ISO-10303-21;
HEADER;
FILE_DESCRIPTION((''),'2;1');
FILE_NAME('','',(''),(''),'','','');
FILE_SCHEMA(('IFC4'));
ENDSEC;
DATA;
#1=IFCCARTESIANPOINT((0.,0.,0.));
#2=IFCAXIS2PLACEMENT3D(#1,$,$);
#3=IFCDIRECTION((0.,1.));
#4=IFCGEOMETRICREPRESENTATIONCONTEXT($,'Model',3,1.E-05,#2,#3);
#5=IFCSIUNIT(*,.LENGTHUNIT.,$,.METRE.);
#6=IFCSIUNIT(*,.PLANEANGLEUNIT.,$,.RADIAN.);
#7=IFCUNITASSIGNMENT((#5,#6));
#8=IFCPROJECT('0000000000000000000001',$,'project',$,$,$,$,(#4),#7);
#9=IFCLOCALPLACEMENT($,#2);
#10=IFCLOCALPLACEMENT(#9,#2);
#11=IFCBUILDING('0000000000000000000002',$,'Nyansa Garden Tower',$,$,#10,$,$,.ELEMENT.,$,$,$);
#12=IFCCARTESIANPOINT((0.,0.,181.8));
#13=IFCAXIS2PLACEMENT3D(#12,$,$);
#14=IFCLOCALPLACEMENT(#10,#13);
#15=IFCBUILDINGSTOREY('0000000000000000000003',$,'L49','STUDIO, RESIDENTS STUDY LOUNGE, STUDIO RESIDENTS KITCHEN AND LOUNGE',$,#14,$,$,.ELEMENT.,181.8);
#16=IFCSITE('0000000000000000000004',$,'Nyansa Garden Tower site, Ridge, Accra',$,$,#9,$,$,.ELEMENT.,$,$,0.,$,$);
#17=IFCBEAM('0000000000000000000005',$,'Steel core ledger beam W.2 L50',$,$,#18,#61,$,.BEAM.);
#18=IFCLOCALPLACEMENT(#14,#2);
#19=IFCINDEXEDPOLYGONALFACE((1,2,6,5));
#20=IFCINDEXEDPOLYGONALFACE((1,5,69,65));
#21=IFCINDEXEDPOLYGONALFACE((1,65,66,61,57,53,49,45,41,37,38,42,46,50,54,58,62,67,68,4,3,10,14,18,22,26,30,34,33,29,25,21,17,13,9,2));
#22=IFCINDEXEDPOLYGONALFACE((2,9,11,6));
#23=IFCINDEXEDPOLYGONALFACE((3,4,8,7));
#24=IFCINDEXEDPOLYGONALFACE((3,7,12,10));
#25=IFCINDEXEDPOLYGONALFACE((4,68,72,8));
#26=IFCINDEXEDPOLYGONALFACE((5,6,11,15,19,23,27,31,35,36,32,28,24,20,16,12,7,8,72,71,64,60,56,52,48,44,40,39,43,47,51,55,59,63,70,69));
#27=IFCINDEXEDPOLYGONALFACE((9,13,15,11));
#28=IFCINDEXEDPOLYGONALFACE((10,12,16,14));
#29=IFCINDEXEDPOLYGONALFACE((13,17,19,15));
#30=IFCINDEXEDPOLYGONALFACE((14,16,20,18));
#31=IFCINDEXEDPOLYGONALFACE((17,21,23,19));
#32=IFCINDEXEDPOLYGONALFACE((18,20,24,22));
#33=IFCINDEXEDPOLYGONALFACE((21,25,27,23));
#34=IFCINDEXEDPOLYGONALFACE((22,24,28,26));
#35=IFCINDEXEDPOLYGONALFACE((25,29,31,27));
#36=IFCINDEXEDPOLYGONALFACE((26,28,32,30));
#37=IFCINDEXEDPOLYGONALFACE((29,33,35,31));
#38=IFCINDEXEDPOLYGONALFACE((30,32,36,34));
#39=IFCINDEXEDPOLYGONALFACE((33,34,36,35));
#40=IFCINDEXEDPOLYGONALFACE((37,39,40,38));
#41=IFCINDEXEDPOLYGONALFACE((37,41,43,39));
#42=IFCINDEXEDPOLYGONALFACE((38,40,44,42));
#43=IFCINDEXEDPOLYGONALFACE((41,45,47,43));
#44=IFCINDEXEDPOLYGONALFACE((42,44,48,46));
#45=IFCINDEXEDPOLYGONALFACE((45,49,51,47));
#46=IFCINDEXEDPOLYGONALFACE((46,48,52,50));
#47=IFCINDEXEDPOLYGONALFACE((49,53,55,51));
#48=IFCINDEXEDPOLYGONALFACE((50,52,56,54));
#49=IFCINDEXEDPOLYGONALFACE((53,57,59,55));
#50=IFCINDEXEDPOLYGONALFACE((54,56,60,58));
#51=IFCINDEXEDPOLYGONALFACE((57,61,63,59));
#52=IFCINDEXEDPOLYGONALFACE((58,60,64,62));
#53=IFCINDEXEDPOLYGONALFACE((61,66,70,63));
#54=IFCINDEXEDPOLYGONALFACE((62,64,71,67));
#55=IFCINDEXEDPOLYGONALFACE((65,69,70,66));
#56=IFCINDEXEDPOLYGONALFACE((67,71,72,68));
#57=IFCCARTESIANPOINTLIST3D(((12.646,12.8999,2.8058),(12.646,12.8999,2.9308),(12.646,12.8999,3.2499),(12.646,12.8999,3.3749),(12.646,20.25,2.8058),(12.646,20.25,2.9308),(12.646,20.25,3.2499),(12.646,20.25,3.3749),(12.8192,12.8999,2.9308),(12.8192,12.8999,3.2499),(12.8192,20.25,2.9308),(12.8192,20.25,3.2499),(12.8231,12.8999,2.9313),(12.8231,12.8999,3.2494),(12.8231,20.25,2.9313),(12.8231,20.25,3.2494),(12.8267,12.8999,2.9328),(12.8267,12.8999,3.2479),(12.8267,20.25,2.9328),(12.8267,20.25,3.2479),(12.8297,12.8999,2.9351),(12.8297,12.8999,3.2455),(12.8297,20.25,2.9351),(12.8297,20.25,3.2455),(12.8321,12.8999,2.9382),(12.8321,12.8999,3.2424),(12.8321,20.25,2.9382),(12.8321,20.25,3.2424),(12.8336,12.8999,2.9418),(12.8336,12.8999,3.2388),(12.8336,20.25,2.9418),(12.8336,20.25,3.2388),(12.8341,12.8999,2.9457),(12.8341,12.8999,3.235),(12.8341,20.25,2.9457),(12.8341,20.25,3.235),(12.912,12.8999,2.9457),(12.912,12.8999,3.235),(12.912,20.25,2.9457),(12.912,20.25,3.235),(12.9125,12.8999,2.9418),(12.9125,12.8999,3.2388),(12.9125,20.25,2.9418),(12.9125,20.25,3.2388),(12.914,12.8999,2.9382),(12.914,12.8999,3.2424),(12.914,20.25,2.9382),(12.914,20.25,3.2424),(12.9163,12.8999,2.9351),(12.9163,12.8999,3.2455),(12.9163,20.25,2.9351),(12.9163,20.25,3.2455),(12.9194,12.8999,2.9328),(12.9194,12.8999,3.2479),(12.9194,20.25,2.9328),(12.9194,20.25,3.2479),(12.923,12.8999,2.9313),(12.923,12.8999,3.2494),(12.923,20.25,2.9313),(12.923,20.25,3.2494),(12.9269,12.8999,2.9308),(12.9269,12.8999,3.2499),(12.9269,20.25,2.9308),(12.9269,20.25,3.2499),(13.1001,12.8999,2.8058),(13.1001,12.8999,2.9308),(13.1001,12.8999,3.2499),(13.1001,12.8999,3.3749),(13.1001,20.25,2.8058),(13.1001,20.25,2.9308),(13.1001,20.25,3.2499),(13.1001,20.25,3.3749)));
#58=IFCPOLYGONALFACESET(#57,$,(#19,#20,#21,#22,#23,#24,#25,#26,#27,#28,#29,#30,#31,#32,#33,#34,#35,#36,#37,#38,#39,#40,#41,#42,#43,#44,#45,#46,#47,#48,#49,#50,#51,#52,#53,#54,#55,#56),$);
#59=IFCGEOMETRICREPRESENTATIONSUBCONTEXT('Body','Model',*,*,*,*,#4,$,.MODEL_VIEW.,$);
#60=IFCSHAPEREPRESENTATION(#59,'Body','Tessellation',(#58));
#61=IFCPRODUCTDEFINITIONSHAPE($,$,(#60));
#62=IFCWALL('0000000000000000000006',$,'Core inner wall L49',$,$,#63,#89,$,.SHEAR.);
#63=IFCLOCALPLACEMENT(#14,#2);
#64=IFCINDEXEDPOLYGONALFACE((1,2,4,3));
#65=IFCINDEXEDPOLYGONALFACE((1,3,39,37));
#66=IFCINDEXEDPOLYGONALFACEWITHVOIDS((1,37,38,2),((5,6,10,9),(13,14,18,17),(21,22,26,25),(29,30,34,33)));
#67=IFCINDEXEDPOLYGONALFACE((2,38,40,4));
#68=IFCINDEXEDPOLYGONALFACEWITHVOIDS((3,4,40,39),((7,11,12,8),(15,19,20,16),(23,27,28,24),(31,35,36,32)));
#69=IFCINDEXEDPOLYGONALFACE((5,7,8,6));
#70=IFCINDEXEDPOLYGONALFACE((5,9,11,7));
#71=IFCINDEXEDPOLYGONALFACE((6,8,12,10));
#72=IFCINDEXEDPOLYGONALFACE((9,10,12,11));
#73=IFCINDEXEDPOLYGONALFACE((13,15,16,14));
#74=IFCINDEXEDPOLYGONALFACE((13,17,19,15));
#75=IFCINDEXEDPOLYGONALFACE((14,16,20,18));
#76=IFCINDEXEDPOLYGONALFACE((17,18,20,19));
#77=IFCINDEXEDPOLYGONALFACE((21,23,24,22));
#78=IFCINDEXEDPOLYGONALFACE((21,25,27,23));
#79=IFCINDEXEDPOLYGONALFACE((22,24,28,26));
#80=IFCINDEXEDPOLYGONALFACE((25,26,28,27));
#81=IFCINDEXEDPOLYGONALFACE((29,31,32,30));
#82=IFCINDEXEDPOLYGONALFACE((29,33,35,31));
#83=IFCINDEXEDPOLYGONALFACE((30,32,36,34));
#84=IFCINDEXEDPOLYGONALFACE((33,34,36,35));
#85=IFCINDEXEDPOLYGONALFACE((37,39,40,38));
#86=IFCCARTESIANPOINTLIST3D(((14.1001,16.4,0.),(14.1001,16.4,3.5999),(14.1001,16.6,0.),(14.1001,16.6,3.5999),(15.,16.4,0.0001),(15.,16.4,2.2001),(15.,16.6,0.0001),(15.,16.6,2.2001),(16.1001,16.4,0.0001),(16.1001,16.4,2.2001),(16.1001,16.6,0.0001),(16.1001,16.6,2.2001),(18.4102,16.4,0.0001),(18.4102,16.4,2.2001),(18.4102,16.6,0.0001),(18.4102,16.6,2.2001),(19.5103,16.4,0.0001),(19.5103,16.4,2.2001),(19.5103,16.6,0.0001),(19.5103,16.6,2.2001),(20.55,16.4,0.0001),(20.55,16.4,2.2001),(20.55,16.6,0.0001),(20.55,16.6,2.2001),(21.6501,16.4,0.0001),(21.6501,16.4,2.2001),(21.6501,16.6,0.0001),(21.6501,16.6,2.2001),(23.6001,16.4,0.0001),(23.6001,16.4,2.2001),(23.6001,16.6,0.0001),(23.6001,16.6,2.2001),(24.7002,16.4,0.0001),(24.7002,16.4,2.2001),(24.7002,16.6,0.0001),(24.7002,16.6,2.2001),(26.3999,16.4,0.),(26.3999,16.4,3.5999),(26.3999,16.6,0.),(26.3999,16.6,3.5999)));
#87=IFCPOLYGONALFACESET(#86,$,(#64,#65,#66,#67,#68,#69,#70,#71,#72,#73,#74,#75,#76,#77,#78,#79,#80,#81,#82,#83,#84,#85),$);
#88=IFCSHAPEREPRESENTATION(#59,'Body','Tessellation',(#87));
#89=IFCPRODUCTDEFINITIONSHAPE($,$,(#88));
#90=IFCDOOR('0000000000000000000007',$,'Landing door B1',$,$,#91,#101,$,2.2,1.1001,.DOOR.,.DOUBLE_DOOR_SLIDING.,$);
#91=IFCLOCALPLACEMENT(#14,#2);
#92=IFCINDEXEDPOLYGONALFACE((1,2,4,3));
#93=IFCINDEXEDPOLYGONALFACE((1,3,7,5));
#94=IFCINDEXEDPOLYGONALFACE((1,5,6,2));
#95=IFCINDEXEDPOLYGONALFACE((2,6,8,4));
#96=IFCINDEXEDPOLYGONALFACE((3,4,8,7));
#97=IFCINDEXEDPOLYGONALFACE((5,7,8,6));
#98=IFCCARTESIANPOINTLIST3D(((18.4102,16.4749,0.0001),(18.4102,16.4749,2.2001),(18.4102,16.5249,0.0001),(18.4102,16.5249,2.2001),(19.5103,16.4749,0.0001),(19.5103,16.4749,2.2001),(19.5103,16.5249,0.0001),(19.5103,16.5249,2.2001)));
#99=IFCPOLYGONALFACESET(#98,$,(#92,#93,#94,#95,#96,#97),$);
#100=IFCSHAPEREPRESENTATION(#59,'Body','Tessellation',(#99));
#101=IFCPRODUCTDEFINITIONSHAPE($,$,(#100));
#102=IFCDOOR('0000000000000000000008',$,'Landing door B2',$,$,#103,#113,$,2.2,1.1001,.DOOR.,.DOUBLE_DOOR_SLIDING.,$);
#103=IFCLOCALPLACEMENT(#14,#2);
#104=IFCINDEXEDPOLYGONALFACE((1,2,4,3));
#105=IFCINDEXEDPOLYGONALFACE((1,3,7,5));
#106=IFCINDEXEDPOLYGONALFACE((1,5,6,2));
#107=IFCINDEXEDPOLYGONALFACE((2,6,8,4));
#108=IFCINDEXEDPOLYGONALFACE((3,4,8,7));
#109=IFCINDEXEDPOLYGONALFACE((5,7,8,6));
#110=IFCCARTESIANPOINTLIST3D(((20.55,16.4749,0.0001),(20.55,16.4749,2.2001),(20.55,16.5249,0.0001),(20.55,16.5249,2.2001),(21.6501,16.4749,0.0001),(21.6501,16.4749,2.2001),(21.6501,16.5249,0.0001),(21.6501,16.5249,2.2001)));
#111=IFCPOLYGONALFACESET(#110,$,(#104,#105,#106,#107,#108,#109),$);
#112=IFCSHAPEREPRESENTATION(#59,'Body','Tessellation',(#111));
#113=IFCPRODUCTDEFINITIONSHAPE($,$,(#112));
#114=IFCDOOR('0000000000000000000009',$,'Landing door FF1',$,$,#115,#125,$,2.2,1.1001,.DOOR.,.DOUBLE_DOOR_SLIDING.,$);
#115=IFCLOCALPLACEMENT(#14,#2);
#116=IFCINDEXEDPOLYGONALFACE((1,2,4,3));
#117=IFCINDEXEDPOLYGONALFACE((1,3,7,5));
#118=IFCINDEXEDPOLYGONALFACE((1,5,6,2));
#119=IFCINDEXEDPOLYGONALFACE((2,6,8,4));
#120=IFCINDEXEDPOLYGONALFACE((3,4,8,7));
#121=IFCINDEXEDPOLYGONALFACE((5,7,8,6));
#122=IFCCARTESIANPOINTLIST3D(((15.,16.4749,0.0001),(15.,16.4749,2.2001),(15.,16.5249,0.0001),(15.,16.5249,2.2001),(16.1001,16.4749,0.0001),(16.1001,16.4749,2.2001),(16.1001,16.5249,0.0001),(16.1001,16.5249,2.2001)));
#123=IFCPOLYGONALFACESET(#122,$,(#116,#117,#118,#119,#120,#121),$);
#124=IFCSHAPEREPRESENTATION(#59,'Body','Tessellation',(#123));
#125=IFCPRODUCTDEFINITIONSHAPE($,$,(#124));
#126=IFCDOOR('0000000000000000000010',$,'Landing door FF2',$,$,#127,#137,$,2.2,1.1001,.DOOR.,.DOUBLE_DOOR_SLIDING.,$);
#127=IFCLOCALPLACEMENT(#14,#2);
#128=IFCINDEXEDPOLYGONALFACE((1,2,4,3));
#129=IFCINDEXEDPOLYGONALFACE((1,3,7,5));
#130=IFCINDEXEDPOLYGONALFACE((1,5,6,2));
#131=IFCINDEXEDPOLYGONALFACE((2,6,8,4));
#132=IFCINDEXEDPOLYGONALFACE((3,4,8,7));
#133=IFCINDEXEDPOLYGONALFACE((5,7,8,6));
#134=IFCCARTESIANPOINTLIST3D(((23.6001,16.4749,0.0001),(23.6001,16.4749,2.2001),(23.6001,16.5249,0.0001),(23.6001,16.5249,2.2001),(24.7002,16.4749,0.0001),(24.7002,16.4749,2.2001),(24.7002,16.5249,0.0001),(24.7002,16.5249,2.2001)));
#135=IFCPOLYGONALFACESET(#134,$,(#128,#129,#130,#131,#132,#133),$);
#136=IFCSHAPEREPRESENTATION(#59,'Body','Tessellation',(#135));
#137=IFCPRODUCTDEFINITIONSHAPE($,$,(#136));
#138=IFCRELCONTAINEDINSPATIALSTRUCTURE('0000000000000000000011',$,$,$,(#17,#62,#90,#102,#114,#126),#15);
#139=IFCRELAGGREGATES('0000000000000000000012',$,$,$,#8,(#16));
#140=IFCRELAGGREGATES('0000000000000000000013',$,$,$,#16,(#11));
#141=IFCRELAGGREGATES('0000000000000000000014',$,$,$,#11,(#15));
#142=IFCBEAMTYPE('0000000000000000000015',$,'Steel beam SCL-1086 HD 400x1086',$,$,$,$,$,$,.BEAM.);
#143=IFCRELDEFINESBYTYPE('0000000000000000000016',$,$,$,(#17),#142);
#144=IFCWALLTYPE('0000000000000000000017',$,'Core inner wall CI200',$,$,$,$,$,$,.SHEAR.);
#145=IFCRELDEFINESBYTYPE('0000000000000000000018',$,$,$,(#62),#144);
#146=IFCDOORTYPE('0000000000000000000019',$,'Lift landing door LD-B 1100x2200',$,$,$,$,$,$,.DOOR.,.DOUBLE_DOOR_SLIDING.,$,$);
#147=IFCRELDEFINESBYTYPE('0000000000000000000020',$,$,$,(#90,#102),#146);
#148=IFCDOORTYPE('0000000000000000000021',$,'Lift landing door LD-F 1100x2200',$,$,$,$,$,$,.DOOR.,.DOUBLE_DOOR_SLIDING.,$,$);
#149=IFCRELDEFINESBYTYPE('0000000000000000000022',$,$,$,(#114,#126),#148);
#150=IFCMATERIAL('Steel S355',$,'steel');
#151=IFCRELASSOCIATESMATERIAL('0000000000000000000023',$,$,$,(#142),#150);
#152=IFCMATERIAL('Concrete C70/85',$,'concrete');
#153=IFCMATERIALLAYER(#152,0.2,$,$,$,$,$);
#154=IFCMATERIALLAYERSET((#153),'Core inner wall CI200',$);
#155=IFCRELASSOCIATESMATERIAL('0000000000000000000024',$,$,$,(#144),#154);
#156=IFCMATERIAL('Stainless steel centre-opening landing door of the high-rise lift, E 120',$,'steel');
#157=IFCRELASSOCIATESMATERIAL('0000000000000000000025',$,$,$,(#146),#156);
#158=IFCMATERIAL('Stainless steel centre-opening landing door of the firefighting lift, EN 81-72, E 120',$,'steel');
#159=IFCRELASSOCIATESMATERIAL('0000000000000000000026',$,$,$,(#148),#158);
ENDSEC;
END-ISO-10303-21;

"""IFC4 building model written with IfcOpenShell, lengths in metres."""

from ifc_helpers import new_model, si_unit, direction, frame, frame_2d, origin, origin_2d, place, context, subcontext, project, spatial, rectangle, i_section, extrude, material, layer, layer_set, material_profile, profile_set, type_object, element, fill, save


model = new_model("IFC4")

# Units and contexts
model_context = context("Model", 3, precision=1e-05, world=origin(), true_north=direction((0.0, 1.0)))
body_context = subcontext(model_context, "Body", "Model", "MODEL_VIEW")
ifc_project = project(units=[si_unit("LENGTHUNIT", "METRE"), si_unit("PLANEANGLEUNIT", "RADIAN")], contexts=[model_context])

# Site, building, storey
site_placement = place(None, origin())
site = spatial("IfcSite", under=ifc_project, at=site_placement, Name="Nyansa Garden Tower site, Ridge, Accra", CompositionType="ELEMENT", RefElevation=0.0)
building_placement = place(site_placement, origin())
building = spatial("IfcBuilding", under=site, at=building_placement, Name="Nyansa Garden Tower", CompositionType="ELEMENT")
storey_placement = place(building_placement, frame((0.0, 0.0, 181.8)))
storey = spatial("IfcBuildingStorey", under=building, at=storey_placement, Name="L49", Description="STUDIO, RESIDENTS STUDY LOUNGE, STUDIO RESIDENTS KITCHEN AND LOUNGE", CompositionType="ELEMENT", Elevation=181.8)

# Beam
ifc_material_1 = material(Name="Steel S355", Category="steel")
ifc_material_profile_1 = material_profile(ifc_material_1, i_section(OverallWidth=0.4541, OverallDepth=0.5691, WebThickness=0.0779, FlangeThickness=0.125, FilletRadius=0.0149, at=origin_2d()), Name="HD 400x1086")
ifc_profile_set_1 = profile_set([ifc_material_profile_1], Name="Steel S355")
beam_type_1 = type_object("IfcBeamType", Name="Steel beam SCL-1086 HD 400x1086", PredefinedType="BEAM", material=ifc_profile_set_1)
beam_1_placement = place(storey_placement, frame((12.873, 20.25, 3.0903), z_axis=(0.0, -1.0, 0.0), x_axis=(1.0, 0.0, 0.0)))
element("IfcBeam", 1, at=beam_1_placement, inside=storey, type_object=beam_type_1, Name="Steel core ledger beam W.2 L50", PredefinedType="BEAM", context=body_context, shape_type="SweptSolid", body=[
    extrude(i_section(OverallWidth=0.4541, OverallDepth=0.5691, WebThickness=0.0779, FlangeThickness=0.125, FilletRadius=0.0149, at=origin_2d()), origin(), (0.0, 0.0, 1.0), 7.3501),
])

# Wall, openings, doors
ifc_material_2 = material(Name="Concrete C70/85", Category="concrete")
ifc_layer_1 = layer(ifc_material_2, 0.2)
ifc_layer_set_1 = layer_set([ifc_layer_1], Name="Core inner wall CI200")
wall_type_1 = type_object("IfcWallType", Name="Core inner wall CI200", PredefinedType="SHEAR", material=ifc_layer_set_1)
wall_1_placement = place(storey_placement, frame((14.1001, 16.5, 0.0), z_axis=(0.0, 0.0, 1.0), x_axis=(1.0, 0.0, 0.0)))
wall_1 = element("IfcWall", 2, at=wall_1_placement, inside=storey, type_object=wall_type_1, Name="Core inner wall L49", PredefinedType="SHEAR", context=body_context, shape_type="SweptSolid", body=[
    extrude(rectangle(XDim=12.2998, YDim=0.2, at=frame_2d((6.1499, 0.0))), origin(), (0.0, 0.0, 1.0), 3.5999),
])
opening_1_placement = place(wall_1_placement, frame((0.8999, 0.0, 0.0)))
opening_1 = element("IfcOpeningElement", 3, at=opening_1_placement, cuts=wall_1, PredefinedType="OPENING", context=body_context, shape_type="SweptSolid", body=[
    extrude(rectangle(XDim=1.1001, YDim=2.2, at=frame_2d((0.55, 1.1001))), frame((0.0, 0.1099, 0.0), z_axis=(0.0, -1.0, 0.0), x_axis=(1.0, 0.0, 0.0)), (0.0, 0.0, 1.0), 0.22),
])
opening_2_placement = place(wall_1_placement, frame((4.3101, 0.0, 0.0)))
opening_2 = element("IfcOpeningElement", 4, at=opening_2_placement, cuts=wall_1, PredefinedType="OPENING", context=body_context, shape_type="SweptSolid", body=[
    extrude(rectangle(XDim=1.1001, YDim=2.2, at=frame_2d((0.55, 1.1001))), frame((0.0, 0.1099, 0.0), z_axis=(0.0, -1.0, 0.0), x_axis=(1.0, 0.0, 0.0)), (0.0, 0.0, 1.0), 0.22),
])
opening_3_placement = place(wall_1_placement, frame((6.45, 0.0, 0.0)))
opening_3 = element("IfcOpeningElement", 5, at=opening_3_placement, cuts=wall_1, PredefinedType="OPENING", context=body_context, shape_type="SweptSolid", body=[
    extrude(rectangle(XDim=1.1001, YDim=2.2, at=frame_2d((0.55, 1.1001))), frame((0.0, 0.1099, 0.0), z_axis=(0.0, -1.0, 0.0), x_axis=(1.0, 0.0, 0.0)), (0.0, 0.0, 1.0), 0.22),
])
opening_4_placement = place(wall_1_placement, frame((9.5, 0.0, 0.0)))
opening_4 = element("IfcOpeningElement", 6, at=opening_4_placement, cuts=wall_1, PredefinedType="OPENING", context=body_context, shape_type="SweptSolid", body=[
    extrude(rectangle(XDim=1.1001, YDim=2.2, at=frame_2d((0.55, 1.1001))), frame((0.0, 0.1099, 0.0), z_axis=(0.0, -1.0, 0.0), x_axis=(1.0, 0.0, 0.0)), (0.0, 0.0, 1.0), 0.22),
])
ifc_material_3 = material(Name="Stainless steel centre-opening landing door of the high-rise lift, E 120", Category="steel")
door_type_1 = type_object("IfcDoorType", Name="Lift landing door LD-B 1100x2200", OperationType="DOUBLE_DOOR_SLIDING", PredefinedType="DOOR", material=ifc_material_3)
door_1_placement = place(opening_2_placement, origin())
door_1 = element("IfcDoor", 7, at=door_1_placement, inside=storey, type_object=door_type_1, Name="Landing door B1", OperationType="DOUBLE_DOOR_SLIDING", OverallHeight=2.2, OverallWidth=1.1001, PredefinedType="DOOR", context=body_context, shape_type="SweptSolid", body=[
    extrude(rectangle(XDim=1.1001, YDim=2.2, at=frame_2d((0.55, 1.1001))), frame((0.0, 0.0249, 0.0), z_axis=(0.0, -1.0, 0.0), x_axis=(1.0, 0.0, 0.0)), (0.0, 0.0, 1.0), 0.05),
])
fill(opening_2, door_1)
door_2_placement = place(opening_3_placement, origin())
door_2 = element("IfcDoor", 8, at=door_2_placement, inside=storey, type_object=door_type_1, Name="Landing door B2", OperationType="DOUBLE_DOOR_SLIDING", OverallHeight=2.2, OverallWidth=1.1001, PredefinedType="DOOR", context=body_context, shape_type="SweptSolid", body=[
    extrude(rectangle(XDim=1.1001, YDim=2.2, at=frame_2d((0.55, 1.1001))), frame((0.0, 0.0249, 0.0), z_axis=(0.0, -1.0, 0.0), x_axis=(1.0, 0.0, 0.0)), (0.0, 0.0, 1.0), 0.05),
])
fill(opening_3, door_2)
ifc_material_4 = material(Name="Stainless steel centre-opening landing door of the firefighting lift, EN 81-72, E 120", Category="steel")
door_type_2 = type_object("IfcDoorType", Name="Lift landing door LD-F 1100x2200", OperationType="DOUBLE_DOOR_SLIDING", PredefinedType="DOOR", material=ifc_material_4)
door_3_placement = place(opening_1_placement, origin())
door_3 = element("IfcDoor", 9, at=door_3_placement, inside=storey, type_object=door_type_2, Name="Landing door FF1", OperationType="DOUBLE_DOOR_SLIDING", OverallHeight=2.2, OverallWidth=1.1001, PredefinedType="DOOR", context=body_context, shape_type="SweptSolid", body=[
    extrude(rectangle(XDim=1.1001, YDim=2.2, at=frame_2d((0.55, 1.1001))), frame((0.0, 0.0249, 0.0), z_axis=(0.0, -1.0, 0.0), x_axis=(1.0, 0.0, 0.0)), (0.0, 0.0, 1.0), 0.05),
])
fill(opening_1, door_3)
door_4_placement = place(opening_4_placement, origin())
door_4 = element("IfcDoor", 10, at=door_4_placement, inside=storey, type_object=door_type_2, Name="Landing door FF2", OperationType="DOUBLE_DOOR_SLIDING", OverallHeight=2.2, OverallWidth=1.1001, PredefinedType="DOOR", context=body_context, shape_type="SweptSolid", body=[
    extrude(rectangle(XDim=1.1001, YDim=2.2, at=frame_2d((0.55, 1.1001))), frame((0.0, 0.0249, 0.0), z_axis=(0.0, -1.0, 0.0), x_axis=(1.0, 0.0, 0.0)), (0.0, 0.0, 1.0), 0.05),
])
fill(opening_4, door_4)

save(model, "model.ifc")
